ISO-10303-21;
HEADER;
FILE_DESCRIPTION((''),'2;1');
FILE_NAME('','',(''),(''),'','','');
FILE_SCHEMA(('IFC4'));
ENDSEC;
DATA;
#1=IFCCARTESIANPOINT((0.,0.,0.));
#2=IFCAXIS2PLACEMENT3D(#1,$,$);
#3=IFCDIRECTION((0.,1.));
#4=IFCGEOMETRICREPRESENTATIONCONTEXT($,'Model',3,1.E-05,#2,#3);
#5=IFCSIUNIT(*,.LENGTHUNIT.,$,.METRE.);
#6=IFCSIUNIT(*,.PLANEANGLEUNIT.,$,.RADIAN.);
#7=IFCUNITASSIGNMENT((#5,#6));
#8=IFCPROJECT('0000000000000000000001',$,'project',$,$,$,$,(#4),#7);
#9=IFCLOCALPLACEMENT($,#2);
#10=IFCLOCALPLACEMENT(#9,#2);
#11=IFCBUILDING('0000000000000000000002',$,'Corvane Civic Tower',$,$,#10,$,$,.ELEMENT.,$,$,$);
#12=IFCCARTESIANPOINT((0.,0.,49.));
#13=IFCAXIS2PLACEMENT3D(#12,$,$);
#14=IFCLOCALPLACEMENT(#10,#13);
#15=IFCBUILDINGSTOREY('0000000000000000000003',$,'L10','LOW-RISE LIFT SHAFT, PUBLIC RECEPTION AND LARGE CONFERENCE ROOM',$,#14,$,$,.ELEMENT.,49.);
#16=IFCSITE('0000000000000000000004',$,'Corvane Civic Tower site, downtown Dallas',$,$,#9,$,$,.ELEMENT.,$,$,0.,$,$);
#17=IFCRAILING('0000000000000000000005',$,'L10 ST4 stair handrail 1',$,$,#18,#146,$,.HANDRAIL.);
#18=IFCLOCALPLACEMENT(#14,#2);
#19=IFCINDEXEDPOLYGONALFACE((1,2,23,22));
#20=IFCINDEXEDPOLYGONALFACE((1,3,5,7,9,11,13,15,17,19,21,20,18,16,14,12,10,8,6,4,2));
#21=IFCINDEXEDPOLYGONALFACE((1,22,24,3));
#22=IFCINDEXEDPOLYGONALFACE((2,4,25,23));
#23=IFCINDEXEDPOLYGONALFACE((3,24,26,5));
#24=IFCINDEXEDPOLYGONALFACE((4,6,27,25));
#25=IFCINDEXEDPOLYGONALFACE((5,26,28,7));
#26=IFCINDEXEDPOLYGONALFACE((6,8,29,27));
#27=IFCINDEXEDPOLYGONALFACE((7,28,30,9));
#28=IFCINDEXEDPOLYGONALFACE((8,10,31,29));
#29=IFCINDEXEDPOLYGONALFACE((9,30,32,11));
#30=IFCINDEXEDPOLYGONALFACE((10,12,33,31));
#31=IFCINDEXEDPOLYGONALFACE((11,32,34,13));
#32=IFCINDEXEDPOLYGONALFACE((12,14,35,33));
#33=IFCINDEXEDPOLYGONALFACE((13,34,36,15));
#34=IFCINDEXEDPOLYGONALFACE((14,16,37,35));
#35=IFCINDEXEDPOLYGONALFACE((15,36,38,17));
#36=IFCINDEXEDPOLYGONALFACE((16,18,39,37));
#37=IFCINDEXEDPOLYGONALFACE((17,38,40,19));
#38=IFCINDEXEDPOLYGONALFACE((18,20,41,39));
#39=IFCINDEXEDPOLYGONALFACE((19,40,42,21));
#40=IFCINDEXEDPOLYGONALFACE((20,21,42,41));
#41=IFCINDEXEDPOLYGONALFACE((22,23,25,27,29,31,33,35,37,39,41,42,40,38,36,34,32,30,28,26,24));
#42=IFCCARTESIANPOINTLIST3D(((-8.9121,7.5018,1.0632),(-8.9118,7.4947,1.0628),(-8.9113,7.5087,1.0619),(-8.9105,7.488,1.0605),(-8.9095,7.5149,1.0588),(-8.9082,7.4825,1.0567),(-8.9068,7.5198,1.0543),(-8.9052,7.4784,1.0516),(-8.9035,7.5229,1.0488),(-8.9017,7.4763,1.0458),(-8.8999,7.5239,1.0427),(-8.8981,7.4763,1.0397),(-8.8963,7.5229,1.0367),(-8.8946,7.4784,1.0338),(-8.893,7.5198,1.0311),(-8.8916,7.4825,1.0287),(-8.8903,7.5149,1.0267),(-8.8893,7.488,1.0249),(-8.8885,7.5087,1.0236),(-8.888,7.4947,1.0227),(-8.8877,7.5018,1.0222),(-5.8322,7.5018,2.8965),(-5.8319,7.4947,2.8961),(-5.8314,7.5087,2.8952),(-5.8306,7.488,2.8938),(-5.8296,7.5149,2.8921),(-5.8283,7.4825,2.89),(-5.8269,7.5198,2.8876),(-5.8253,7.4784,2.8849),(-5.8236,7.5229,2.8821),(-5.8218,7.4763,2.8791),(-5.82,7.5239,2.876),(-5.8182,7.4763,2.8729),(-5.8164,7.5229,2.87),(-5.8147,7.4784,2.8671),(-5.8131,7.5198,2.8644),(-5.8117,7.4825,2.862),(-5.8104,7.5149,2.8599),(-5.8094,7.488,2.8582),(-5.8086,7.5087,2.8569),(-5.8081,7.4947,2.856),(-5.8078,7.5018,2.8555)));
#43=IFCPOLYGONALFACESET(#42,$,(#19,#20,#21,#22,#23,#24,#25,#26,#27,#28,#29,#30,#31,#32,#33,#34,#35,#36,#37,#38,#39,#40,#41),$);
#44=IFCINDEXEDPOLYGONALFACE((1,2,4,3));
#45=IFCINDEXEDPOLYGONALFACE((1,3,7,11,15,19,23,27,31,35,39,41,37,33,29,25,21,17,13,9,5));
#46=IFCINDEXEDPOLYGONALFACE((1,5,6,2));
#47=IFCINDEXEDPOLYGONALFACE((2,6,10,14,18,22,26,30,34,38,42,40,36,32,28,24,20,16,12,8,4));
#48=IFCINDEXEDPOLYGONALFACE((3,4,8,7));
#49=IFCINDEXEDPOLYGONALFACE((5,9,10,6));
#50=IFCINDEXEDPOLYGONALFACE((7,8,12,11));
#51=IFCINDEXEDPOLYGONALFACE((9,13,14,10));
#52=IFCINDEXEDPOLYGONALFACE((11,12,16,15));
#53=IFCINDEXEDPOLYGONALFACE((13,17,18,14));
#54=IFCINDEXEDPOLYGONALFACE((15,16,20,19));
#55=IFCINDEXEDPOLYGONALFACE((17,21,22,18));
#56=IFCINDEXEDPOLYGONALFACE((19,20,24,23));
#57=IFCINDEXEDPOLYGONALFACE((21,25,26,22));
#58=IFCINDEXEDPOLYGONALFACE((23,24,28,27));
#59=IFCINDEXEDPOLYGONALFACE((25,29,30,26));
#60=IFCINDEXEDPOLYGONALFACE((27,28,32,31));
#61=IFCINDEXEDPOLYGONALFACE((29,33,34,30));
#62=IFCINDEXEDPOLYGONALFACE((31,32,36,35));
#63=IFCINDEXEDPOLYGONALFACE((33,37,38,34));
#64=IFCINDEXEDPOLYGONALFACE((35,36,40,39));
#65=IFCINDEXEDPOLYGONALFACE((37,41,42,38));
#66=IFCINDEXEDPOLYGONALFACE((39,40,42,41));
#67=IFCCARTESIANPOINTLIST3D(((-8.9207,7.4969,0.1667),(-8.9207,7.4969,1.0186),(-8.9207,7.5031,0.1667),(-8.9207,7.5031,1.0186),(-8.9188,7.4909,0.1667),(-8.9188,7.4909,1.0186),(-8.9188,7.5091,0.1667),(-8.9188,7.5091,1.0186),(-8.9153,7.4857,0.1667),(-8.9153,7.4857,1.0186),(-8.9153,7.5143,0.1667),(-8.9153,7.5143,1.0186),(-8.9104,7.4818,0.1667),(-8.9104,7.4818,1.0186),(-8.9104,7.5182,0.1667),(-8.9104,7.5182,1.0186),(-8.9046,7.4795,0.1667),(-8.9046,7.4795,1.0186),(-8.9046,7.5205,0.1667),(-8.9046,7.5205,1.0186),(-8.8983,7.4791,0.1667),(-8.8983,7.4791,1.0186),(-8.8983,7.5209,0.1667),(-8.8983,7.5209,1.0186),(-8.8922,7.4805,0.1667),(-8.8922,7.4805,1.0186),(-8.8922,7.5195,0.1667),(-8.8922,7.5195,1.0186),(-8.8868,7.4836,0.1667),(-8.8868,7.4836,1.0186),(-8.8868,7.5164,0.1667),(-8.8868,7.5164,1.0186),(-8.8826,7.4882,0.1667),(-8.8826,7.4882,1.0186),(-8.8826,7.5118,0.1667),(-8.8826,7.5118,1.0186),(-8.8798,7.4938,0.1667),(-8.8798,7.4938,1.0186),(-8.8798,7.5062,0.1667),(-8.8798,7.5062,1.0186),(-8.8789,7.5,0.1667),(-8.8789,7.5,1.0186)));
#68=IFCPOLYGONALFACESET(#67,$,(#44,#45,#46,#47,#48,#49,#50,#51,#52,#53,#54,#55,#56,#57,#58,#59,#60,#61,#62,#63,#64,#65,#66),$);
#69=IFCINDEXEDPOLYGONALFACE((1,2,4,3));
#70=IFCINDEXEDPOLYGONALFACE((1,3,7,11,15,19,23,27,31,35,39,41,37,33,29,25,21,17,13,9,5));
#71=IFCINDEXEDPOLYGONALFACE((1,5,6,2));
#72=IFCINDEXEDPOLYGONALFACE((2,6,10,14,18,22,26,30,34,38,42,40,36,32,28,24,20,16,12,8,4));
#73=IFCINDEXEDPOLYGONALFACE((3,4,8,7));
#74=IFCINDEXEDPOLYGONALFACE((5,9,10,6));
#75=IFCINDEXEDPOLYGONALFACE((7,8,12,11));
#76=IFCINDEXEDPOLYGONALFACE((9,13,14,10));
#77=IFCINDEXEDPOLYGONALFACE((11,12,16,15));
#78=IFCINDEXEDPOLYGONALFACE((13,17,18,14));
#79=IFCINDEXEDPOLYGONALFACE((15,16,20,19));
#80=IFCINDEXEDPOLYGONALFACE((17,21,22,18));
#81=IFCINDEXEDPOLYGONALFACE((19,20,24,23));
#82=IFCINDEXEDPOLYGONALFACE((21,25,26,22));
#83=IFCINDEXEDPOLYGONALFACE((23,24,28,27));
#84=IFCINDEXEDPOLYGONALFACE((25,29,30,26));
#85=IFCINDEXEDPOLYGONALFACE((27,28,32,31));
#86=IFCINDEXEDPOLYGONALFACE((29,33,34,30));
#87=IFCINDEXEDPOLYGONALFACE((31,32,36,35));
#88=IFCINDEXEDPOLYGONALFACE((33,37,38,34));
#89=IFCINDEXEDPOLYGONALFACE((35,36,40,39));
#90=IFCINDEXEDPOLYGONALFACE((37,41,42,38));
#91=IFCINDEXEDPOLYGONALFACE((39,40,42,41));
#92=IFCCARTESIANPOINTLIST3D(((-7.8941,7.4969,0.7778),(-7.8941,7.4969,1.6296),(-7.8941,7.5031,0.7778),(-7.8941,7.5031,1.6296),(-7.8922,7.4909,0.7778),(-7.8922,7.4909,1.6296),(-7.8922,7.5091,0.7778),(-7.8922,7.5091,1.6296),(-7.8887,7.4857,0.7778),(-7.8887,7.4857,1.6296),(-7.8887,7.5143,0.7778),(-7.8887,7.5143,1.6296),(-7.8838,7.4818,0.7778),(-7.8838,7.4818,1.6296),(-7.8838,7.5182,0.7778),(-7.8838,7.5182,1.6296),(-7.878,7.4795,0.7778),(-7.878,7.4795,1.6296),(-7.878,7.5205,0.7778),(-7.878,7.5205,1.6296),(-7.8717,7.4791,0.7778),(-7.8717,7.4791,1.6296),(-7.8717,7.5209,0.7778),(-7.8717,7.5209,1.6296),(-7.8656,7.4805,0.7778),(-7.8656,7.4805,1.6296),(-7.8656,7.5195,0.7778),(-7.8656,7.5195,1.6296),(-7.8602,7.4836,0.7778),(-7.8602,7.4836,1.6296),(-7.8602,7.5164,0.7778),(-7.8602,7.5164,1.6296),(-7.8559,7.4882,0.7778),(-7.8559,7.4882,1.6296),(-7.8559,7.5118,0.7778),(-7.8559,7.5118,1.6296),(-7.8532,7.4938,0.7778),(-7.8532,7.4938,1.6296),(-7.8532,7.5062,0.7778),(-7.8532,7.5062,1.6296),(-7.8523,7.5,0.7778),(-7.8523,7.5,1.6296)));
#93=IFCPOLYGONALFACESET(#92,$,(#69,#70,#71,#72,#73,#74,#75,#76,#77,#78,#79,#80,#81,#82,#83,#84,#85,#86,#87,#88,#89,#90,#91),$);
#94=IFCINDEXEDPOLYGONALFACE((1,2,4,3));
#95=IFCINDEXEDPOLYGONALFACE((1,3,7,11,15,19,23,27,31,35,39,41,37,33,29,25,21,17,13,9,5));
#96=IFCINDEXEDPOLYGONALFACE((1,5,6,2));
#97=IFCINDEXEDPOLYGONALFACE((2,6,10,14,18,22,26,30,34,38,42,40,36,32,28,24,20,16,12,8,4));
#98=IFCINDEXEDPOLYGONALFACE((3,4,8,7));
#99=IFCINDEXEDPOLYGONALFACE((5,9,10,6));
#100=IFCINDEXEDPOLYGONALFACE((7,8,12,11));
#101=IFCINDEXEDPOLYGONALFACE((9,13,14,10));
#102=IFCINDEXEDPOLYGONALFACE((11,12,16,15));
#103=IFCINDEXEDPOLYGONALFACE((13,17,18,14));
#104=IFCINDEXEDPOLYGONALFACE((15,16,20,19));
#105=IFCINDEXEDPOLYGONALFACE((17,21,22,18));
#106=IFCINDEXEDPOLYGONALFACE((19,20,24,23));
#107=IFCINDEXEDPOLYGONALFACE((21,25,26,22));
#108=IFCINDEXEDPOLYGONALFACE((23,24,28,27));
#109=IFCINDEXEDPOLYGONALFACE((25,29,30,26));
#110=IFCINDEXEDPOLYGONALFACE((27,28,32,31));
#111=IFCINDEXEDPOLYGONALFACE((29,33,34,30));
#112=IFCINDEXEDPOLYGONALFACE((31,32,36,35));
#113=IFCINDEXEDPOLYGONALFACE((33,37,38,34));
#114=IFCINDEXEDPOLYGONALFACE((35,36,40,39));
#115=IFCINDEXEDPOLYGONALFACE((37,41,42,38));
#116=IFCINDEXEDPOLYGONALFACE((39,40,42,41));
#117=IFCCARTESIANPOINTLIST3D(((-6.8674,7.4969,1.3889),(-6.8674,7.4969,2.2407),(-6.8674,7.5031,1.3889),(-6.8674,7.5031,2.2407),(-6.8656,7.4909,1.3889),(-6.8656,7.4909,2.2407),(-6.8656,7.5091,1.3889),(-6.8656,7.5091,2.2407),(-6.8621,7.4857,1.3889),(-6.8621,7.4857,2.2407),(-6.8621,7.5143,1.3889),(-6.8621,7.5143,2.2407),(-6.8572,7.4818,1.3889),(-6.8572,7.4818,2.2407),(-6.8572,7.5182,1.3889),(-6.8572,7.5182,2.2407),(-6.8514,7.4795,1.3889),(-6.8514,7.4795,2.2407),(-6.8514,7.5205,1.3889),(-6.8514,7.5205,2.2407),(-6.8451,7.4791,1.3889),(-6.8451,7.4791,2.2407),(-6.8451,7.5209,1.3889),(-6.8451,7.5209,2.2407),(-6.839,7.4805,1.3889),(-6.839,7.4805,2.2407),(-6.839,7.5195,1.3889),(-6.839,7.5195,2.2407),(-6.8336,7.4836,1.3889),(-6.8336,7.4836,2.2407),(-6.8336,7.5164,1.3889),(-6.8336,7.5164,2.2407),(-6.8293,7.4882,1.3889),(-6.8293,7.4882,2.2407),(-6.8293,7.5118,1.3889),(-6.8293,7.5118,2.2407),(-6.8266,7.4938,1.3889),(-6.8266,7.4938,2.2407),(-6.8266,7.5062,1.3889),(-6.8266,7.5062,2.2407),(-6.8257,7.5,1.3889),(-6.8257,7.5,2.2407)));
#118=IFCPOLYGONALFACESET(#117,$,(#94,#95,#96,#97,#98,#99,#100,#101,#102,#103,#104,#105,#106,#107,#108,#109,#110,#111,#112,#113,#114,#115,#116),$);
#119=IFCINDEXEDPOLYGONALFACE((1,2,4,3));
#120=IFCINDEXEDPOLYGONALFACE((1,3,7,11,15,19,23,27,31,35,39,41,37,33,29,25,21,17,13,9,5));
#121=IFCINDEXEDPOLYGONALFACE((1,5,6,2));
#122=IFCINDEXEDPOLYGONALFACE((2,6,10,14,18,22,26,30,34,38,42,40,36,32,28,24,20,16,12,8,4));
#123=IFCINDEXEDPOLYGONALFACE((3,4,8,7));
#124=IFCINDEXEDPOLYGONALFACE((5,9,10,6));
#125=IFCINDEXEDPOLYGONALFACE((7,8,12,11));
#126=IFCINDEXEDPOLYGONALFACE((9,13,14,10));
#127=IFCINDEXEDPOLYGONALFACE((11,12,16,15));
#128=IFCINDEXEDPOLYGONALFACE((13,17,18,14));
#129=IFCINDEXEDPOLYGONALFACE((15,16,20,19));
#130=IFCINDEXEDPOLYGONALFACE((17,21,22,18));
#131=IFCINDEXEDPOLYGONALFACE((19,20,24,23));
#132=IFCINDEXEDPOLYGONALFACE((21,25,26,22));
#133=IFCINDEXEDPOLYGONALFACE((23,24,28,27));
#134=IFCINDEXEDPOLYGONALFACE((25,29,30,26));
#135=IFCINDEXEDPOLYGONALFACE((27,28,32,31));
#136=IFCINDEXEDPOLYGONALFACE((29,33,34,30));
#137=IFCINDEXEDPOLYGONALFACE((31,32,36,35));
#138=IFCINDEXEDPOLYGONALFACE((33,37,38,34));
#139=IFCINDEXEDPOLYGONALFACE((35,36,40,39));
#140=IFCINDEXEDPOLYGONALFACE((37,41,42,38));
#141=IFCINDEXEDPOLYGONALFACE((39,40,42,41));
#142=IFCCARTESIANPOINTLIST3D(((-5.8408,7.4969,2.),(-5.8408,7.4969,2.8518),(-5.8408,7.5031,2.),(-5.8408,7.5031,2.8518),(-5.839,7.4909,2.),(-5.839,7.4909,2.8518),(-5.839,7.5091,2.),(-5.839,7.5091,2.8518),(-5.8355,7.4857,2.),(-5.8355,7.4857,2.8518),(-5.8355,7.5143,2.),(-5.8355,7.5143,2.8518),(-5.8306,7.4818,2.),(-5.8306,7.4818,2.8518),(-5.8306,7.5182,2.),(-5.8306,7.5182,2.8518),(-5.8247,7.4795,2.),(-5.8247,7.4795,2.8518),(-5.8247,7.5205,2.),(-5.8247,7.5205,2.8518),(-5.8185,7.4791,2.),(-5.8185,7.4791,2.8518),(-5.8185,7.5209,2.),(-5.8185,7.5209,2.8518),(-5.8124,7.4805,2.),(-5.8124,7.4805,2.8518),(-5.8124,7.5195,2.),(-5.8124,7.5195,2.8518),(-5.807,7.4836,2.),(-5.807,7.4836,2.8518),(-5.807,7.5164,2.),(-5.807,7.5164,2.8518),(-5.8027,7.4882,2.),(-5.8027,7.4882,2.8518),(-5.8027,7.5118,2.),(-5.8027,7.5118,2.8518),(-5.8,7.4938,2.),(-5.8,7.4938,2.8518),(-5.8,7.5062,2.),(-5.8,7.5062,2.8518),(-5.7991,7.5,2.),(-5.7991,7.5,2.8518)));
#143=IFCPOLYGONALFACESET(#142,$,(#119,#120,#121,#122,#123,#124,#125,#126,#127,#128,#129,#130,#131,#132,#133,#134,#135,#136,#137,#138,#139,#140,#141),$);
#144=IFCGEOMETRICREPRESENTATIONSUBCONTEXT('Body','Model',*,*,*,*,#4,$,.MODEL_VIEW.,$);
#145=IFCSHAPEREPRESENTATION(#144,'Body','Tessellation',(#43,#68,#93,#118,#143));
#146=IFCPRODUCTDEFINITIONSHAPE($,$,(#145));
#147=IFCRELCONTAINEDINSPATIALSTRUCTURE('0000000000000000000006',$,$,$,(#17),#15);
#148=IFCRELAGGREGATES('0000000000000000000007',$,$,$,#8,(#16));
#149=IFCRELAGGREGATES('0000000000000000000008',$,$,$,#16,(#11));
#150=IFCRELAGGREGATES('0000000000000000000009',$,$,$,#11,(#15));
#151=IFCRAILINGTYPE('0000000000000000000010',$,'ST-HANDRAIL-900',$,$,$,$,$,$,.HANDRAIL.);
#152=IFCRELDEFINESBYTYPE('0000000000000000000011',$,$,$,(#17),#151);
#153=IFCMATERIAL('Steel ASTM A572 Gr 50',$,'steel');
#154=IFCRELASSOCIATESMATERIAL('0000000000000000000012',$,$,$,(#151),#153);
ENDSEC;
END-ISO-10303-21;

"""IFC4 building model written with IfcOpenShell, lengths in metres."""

from ifc_helpers import new_model, si_unit, direction, frame, origin, origin_2d, place, context, subcontext, project, spatial, circle, extrude, material, type_object, element, save


model = new_model("IFC4")

# Units and contexts
model_context = context("Model", 3, precision=1e-05, world=origin(), true_north=direction((0.0, 1.0)))
body_context = subcontext(model_context, "Body", "Model", "MODEL_VIEW")
ifc_project = project(units=[si_unit("LENGTHUNIT", "METRE"), si_unit("PLANEANGLEUNIT", "RADIAN")], contexts=[model_context])

# Site, building, storey
site_placement = place(None, origin())
site = spatial("IfcSite", under=ifc_project, at=site_placement, Name="Corvane Civic Tower site, downtown Dallas", CompositionType="ELEMENT", RefElevation=0.0)
building_placement = place(site_placement, origin())
building = spatial("IfcBuilding", under=site, at=building_placement, Name="Corvane Civic Tower", CompositionType="ELEMENT")
storey_placement = place(building_placement, frame((0.0, 0.0, 49.0)))
storey = spatial("IfcBuildingStorey", under=building, at=storey_placement, Name="L10", Description="LOW-RISE LIFT SHAFT, PUBLIC RECEPTION AND LARGE CONFERENCE ROOM", CompositionType="ELEMENT", Elevation=49.0)

# Railing
ifc_material_1 = material(Name="Steel ASTM A572 Gr 50", Category="steel")
railing_type_1 = type_object("IfcRailingType", Name="ST-HANDRAIL-900", PredefinedType="HANDRAIL", material=ifc_material_1)
railing_1_placement = place(storey_placement, frame((-8.8999, 7.5, 0.1667)))
element("IfcRailing", 1, at=railing_1_placement, inside=storey, type_object=railing_type_1, Name="L10 ST4 stair handrail 1", PredefinedType="HANDRAIL", context=body_context, shape_type="SweptSolid", body=[
    extrude(circle(Radius=0.0239, at=origin_2d()), frame((0.0, 0.0, 0.876), z_axis=(0.859291, 0.0, 0.511487), x_axis=(0.0, 1.0, 0.0)), (0.0, 0.0, 1.0), 3.5842),
    extrude(circle(Radius=0.021, at=origin_2d()), origin(), (0.0, 0.0, 1.0), 0.8518),
    extrude(circle(Radius=0.021, at=origin_2d()), frame((1.0266, 0.0, 0.6111)), (0.0, 0.0, 1.0), 0.8518),
    extrude(circle(Radius=0.021, at=origin_2d()), frame((2.0532, 0.0, 1.2222)), (0.0, 0.0, 1.0), 0.8518),
    extrude(circle(Radius=0.021, at=origin_2d()), frame((3.0798, 0.0, 1.8333)), (0.0, 0.0, 1.0), 0.8518),
])

save(model, "model.ifc")
